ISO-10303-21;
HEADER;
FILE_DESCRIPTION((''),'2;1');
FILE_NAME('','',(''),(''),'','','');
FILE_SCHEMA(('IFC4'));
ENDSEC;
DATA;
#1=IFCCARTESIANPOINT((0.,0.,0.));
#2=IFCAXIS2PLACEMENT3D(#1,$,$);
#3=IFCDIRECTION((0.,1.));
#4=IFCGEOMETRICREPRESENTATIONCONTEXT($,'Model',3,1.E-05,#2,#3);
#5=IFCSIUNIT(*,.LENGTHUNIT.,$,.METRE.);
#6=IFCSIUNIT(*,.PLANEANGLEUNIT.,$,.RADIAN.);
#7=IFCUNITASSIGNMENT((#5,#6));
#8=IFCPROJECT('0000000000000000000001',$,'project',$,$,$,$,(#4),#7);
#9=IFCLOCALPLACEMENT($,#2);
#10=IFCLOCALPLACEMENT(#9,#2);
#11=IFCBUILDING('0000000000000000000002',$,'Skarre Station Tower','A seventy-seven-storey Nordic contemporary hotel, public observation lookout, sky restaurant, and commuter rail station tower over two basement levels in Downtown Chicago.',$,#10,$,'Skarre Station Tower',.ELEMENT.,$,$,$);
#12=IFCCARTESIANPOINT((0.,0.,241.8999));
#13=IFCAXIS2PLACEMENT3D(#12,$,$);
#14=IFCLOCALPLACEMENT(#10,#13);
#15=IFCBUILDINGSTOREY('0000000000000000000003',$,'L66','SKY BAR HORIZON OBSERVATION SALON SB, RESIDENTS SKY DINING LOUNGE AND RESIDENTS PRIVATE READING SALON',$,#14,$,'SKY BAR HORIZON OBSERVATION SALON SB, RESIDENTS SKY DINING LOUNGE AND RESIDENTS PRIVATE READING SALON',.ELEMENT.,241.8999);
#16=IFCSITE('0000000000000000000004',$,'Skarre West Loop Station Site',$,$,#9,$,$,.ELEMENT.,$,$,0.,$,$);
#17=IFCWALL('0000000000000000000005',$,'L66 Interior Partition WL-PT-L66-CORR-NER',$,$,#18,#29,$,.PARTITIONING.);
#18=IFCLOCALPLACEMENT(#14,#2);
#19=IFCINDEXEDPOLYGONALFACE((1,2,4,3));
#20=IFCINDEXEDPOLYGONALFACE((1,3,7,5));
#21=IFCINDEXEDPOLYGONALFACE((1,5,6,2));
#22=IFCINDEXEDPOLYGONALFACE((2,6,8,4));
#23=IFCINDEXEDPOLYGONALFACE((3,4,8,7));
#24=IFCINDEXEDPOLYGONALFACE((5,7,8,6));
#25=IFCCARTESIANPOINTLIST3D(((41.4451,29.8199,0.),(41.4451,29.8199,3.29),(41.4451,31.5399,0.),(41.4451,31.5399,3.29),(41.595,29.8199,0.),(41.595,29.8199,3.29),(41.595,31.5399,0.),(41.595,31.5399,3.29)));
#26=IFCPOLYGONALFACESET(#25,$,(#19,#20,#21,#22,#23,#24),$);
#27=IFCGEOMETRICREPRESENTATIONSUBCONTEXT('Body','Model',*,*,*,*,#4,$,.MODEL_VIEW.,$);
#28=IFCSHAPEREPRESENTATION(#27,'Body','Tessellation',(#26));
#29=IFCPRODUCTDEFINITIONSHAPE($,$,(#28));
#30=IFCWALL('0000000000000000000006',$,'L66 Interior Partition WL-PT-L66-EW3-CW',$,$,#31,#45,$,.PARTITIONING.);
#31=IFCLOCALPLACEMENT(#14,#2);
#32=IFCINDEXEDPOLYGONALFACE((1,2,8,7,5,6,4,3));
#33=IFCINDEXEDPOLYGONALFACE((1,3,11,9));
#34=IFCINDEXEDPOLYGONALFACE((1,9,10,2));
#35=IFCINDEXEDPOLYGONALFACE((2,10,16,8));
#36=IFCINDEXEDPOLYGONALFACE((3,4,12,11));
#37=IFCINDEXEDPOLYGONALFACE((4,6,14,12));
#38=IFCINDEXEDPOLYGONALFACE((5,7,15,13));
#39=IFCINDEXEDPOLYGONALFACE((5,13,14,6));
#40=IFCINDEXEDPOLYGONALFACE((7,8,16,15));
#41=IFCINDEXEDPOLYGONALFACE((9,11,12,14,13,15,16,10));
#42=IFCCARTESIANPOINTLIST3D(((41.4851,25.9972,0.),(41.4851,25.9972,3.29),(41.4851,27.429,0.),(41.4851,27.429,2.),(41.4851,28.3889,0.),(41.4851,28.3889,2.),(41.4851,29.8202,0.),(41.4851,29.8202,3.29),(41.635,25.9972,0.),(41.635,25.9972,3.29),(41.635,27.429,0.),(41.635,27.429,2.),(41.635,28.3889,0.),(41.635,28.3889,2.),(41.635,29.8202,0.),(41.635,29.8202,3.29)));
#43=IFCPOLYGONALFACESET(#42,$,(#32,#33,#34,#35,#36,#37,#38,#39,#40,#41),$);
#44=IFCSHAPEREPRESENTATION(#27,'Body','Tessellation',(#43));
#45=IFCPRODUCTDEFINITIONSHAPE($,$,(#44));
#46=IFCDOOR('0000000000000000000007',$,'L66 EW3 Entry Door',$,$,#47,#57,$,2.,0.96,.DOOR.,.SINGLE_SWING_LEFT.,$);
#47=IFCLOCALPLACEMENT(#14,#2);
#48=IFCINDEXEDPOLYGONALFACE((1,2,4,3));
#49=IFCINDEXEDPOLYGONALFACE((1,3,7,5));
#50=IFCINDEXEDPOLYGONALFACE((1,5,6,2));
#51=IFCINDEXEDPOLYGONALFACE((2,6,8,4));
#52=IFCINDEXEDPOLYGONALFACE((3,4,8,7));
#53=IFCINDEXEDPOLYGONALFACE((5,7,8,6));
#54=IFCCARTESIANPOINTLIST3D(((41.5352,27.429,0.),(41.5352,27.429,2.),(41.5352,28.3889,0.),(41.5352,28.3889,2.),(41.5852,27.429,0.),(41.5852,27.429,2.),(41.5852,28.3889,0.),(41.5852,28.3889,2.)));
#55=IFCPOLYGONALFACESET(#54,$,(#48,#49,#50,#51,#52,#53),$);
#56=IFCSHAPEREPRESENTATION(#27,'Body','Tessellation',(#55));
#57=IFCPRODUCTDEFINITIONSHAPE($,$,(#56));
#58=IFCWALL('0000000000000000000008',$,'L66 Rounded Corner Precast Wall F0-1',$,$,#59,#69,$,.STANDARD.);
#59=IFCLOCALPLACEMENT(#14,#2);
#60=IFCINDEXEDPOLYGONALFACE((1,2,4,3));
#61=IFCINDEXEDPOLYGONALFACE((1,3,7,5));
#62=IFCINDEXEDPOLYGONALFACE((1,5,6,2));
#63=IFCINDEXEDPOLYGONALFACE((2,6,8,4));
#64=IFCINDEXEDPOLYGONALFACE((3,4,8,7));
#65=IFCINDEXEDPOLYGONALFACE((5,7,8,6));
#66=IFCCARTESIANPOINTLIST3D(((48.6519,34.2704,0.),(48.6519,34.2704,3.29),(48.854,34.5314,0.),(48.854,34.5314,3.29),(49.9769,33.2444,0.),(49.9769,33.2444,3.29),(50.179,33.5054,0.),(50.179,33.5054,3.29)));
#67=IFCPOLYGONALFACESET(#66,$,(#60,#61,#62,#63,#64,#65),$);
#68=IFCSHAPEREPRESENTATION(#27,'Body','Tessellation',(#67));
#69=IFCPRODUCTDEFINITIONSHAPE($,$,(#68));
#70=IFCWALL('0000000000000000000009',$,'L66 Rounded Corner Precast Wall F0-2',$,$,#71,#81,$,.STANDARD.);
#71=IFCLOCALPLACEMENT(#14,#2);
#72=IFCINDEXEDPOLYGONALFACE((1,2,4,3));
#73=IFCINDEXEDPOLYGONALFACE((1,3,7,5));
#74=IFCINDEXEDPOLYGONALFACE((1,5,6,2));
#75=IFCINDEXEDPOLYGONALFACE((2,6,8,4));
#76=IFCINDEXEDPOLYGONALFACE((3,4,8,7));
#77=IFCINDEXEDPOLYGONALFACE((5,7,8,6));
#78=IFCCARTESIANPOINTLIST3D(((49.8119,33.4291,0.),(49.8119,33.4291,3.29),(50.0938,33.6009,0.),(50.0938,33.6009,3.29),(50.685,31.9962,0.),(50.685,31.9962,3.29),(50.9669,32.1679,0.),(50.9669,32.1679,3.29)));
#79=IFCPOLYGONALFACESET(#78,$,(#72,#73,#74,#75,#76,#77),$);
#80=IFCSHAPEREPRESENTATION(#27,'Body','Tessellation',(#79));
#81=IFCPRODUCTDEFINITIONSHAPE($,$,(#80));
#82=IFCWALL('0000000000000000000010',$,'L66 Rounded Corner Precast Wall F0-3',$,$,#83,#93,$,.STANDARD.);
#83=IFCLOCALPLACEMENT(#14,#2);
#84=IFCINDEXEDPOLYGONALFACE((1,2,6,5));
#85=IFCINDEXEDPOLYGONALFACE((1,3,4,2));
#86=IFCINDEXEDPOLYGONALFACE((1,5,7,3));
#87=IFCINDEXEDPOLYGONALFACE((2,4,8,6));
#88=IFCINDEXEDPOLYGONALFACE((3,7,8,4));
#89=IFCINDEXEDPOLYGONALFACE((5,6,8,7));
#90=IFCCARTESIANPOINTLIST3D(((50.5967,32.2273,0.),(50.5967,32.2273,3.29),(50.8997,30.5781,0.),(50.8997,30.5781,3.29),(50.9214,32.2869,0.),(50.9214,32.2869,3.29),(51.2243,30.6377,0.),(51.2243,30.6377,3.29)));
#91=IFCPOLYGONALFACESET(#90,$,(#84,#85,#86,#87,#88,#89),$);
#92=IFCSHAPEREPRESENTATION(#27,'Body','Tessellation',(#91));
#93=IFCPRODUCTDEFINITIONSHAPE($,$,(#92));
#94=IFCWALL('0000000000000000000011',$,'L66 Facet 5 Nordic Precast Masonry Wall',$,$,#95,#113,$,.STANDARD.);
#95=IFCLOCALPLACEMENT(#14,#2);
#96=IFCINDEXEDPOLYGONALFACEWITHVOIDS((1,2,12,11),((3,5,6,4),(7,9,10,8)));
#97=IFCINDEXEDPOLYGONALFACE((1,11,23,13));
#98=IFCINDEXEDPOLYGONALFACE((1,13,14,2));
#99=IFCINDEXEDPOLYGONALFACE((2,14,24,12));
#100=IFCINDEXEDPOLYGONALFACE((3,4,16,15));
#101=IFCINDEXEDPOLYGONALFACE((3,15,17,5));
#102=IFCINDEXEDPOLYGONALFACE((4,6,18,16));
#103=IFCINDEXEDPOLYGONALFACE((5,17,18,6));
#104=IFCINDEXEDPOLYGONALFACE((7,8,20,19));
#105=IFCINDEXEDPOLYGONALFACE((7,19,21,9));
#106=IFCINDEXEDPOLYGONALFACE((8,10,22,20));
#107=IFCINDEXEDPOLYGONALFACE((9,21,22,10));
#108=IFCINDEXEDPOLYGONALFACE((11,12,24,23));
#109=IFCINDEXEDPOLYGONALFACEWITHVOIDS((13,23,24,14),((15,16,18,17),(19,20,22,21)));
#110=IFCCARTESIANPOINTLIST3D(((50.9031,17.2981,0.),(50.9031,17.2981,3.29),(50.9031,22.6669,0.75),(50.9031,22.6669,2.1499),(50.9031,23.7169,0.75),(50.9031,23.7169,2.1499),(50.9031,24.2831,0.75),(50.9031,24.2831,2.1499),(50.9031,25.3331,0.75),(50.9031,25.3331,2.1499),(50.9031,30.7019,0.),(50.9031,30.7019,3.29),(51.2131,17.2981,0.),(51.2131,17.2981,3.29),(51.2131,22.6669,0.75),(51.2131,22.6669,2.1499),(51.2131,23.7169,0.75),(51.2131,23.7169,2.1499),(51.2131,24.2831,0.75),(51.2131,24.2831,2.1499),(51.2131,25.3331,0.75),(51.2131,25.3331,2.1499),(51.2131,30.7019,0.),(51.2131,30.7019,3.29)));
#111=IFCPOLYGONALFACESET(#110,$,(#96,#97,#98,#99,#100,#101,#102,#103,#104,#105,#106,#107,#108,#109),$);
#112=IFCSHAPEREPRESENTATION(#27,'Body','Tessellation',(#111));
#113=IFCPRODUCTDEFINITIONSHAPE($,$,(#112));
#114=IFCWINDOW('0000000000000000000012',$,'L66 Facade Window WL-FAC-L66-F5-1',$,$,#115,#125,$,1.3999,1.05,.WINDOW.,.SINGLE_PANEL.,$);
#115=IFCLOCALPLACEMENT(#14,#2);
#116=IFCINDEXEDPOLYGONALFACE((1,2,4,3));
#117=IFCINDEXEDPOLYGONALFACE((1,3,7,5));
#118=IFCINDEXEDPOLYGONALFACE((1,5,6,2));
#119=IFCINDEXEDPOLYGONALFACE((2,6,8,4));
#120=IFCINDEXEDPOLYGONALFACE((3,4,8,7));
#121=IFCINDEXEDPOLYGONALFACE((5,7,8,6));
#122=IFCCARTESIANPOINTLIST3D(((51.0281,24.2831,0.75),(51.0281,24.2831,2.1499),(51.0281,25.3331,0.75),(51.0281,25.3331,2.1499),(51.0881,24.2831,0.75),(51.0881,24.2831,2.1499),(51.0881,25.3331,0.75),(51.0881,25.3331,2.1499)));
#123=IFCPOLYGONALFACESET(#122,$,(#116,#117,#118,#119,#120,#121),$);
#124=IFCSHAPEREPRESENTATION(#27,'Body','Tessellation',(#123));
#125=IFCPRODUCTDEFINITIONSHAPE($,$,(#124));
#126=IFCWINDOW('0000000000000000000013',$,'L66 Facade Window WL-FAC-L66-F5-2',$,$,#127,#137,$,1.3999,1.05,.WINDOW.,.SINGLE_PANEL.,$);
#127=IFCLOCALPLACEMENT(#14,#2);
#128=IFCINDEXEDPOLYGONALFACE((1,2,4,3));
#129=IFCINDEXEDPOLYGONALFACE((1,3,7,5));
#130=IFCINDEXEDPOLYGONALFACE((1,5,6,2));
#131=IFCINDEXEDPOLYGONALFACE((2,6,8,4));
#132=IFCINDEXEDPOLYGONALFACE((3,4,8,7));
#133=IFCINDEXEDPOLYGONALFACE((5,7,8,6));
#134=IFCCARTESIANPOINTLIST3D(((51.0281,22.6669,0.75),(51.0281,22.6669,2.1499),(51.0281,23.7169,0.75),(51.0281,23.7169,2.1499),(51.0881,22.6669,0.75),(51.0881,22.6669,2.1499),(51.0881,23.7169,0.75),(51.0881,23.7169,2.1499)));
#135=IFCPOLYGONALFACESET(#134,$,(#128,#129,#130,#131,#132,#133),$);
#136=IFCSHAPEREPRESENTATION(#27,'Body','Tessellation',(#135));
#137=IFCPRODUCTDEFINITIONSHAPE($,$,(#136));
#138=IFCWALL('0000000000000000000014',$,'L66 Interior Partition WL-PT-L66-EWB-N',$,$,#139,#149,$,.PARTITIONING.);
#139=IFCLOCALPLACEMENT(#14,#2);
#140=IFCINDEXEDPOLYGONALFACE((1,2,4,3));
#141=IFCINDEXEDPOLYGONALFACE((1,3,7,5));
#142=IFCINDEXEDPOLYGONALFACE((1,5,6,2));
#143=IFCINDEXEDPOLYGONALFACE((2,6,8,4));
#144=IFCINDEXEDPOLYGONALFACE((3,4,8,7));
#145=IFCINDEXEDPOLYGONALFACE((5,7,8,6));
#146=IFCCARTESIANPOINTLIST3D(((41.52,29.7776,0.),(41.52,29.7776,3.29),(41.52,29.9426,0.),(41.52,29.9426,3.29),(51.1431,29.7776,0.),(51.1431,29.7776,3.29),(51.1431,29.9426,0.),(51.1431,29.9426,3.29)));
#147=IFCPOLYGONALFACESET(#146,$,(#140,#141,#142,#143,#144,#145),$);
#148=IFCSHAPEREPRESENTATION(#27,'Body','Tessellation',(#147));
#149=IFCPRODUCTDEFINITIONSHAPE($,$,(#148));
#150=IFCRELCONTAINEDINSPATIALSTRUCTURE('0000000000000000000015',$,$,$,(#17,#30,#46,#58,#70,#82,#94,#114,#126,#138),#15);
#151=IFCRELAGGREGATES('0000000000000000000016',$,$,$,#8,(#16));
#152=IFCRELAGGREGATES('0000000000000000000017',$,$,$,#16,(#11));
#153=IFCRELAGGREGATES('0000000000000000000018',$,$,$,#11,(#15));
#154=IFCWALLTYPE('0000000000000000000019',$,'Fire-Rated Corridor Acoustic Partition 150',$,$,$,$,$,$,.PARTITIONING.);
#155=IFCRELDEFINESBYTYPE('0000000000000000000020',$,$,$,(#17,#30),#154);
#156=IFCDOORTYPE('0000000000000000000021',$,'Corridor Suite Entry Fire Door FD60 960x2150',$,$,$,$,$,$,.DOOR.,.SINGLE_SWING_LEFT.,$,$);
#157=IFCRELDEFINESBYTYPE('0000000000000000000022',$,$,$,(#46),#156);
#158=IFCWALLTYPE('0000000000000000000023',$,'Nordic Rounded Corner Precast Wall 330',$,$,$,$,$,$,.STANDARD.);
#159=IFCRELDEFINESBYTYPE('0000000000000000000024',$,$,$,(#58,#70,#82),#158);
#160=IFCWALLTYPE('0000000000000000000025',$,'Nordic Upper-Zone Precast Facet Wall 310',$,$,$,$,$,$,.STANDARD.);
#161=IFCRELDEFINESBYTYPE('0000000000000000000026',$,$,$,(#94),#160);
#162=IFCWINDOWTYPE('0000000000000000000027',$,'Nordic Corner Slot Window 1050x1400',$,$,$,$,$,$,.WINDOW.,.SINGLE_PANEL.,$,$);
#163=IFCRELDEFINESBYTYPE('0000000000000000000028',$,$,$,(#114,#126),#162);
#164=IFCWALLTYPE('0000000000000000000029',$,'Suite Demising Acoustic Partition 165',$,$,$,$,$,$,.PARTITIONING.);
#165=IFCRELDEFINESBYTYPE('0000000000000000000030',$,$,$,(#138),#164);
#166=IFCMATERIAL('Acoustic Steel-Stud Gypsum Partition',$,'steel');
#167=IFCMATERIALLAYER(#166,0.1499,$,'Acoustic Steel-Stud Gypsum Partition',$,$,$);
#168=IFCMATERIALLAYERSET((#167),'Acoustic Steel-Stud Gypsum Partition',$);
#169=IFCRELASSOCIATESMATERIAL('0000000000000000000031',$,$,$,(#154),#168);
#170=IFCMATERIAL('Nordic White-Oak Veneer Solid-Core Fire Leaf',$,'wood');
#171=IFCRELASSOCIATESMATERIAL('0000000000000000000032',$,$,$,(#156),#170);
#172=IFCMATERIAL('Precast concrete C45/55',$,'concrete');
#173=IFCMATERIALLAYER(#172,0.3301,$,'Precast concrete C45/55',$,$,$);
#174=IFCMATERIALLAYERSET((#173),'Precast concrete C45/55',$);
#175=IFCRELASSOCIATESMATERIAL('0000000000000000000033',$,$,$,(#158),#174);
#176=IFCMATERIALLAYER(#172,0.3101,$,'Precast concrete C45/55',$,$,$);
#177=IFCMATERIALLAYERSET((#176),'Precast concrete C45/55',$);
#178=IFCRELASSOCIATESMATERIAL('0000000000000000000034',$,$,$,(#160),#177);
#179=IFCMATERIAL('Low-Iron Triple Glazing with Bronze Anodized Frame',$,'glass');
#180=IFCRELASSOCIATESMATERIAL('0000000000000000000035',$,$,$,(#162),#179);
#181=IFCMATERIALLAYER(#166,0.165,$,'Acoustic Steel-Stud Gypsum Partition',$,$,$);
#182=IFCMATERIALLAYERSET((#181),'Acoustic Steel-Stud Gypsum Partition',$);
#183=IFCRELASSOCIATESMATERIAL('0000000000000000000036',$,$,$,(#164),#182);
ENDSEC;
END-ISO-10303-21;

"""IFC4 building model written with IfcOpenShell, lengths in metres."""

from ifc_helpers import new_model, si_unit, direction, frame, frame_2d, origin, place, context, subcontext, project, spatial, rectangle, extrude, material, layer, layer_set, type_object, element, fill, save


model = new_model("IFC4")

# Units and contexts
model_context = context("Model", 3, precision=1e-05, world=origin(), true_north=direction((0.0, 1.0)))
body_context = subcontext(model_context, "Body", "Model", "MODEL_VIEW")
ifc_project = project(units=[si_unit("LENGTHUNIT", "METRE"), si_unit("PLANEANGLEUNIT", "RADIAN")], contexts=[model_context])

# Site, building, storey
site_placement = place(None, origin())
site = spatial("IfcSite", under=ifc_project, at=site_placement, Name="Skarre West Loop Station Site", CompositionType="ELEMENT", RefElevation=0.0)
building_placement = place(site_placement, origin())
building = spatial("IfcBuilding", under=site, at=building_placement, Name="Skarre Station Tower", Description="A seventy-seven-storey Nordic contemporary hotel, public observation lookout, sky restaurant, and commuter rail station tower over two basement levels in Downtown Chicago.", LongName="Skarre Station Tower", CompositionType="ELEMENT")
storey_placement = place(building_placement, frame((0.0, 0.0, 241.8999)))
storey = spatial("IfcBuildingStorey", under=building, at=storey_placement, Name="L66", Description="SKY BAR HORIZON OBSERVATION SALON SB, RESIDENTS SKY DINING LOUNGE AND RESIDENTS PRIVATE READING SALON", LongName="SKY BAR HORIZON OBSERVATION SALON SB, RESIDENTS SKY DINING LOUNGE AND RESIDENTS PRIVATE READING SALON", CompositionType="ELEMENT", Elevation=241.8999)

# Wall
ifc_material_1 = material(Name="Acoustic Steel-Stud Gypsum Partition", Category="steel")
ifc_layer_1 = layer(ifc_material_1, 0.1499, Name="Acoustic Steel-Stud Gypsum Partition")
ifc_layer_set_1 = layer_set([ifc_layer_1], Name="Acoustic Steel-Stud Gypsum Partition")
wall_type_1 = type_object("IfcWallType", Name="Fire-Rated Corridor Acoustic Partition 150", PredefinedType="PARTITIONING", material=ifc_layer_set_1)
wall_1_placement = place(storey_placement, frame((41.52, 29.8201, 0.0), z_axis=(0.0, 0.0, 1.0), x_axis=(0.0, 1.0, 0.0)))
element("IfcWall", 1, at=wall_1_placement, inside=storey, type_object=wall_type_1, Name="L66 Interior Partition WL-PT-L66-CORR-NER", PredefinedType="PARTITIONING", context=body_context, shape_type="SweptSolid", body=[
    extrude(rectangle(XDim=1.72, YDim=0.1499, at=frame_2d((0.8599, 0.0))), origin(), (0.0, 0.0, 1.0), 3.29),
])

# Wall, opening, door
wall_2_placement = place(storey_placement, frame((41.5601, 25.9971, 0.0), z_axis=(0.0, 0.0, 1.0), x_axis=(0.0, 1.0, 0.0)))
wall_2 = element("IfcWall", 2, at=wall_2_placement, inside=storey, type_object=wall_type_1, Name="L66 Interior Partition WL-PT-L66-EW3-CW", PredefinedType="PARTITIONING", context=body_context, shape_type="SweptSolid", body=[
    extrude(rectangle(XDim=3.823, YDim=0.1499, at=frame_2d((1.9116, 0.0))), origin(), (0.0, 0.0, 1.0), 3.29),
])
opening_1_placement = place(wall_2_placement, frame((1.4319, 0.0, 0.0)))
opening_1 = element("IfcOpeningElement", 3, at=opening_1_placement, cuts=wall_2, PredefinedType="OPENING", context=body_context, shape_type="SweptSolid", body=[
    extrude(rectangle(XDim=0.96, YDim=2.0, at=frame_2d((0.48, 1.0))), frame((0.0, 0.085, 0.0), z_axis=(0.0, -1.0, 0.0), x_axis=(1.0, 0.0, 0.0)), (0.0, 0.0, 1.0), 0.1699),
])
ifc_material_2 = material(Name="Nordic White-Oak Veneer Solid-Core Fire Leaf", Category="wood")
door_type = type_object("IfcDoorType", Name="Corridor Suite Entry Fire Door FD60 960x2150", OperationType="SINGLE_SWING_LEFT", PredefinedType="DOOR", material=ifc_material_2)
door_placement = place(opening_1_placement, origin())
door = element("IfcDoor", 4, at=door_placement, inside=storey, type_object=door_type, Name="L66 EW3 Entry Door", OperationType="SINGLE_SWING_LEFT", OverallHeight=2.0, OverallWidth=0.96, PredefinedType="DOOR", context=body_context, shape_type="SweptSolid", body=[
    extrude(rectangle(XDim=0.96, YDim=2.0, at=frame_2d((0.48, 1.0))), frame((0.0, 0.0249, 0.0), z_axis=(0.0, -1.0, 0.0), x_axis=(1.0, 0.0, 0.0)), (0.0, 0.0, 1.0), 0.05),
])
fill(opening_1, door)

# Walls
ifc_material_3 = material(Name="Precast concrete C45/55", Category="concrete")
ifc_layer_2 = layer(ifc_material_3, 0.3301, Name="Precast concrete C45/55")
ifc_layer_set_2 = layer_set([ifc_layer_2], Name="Precast concrete C45/55")
wall_type_2 = type_object("IfcWallType", Name="Nordic Rounded Corner Precast Wall 330", PredefinedType="STANDARD", material=ifc_layer_set_2)
wall_3_placement = place(storey_placement, frame((48.7529, 34.4009, 0.0), z_axis=(0.0, 0.0, 1.0), x_axis=(0.790692, -0.612214, 0.0)))
element("IfcWall", 5, at=wall_3_placement, inside=storey, type_object=wall_type_2, Name="L66 Rounded Corner Precast Wall F0-1", PredefinedType="STANDARD", context=body_context, shape_type="SweptSolid", body=[
    extrude(rectangle(XDim=1.6758, YDim=0.3301, at=frame_2d((0.8379, 0.0))), origin(), (0.0, 0.0, 1.0), 3.29),
])
wall_4_placement = place(storey_placement, frame((49.9529, 33.5149, 0.0), z_axis=(0.0, 0.0, 1.0), x_axis=(0.520325, -0.853968, 0.0)))
element("IfcWall", 6, at=wall_4_placement, inside=storey, type_object=wall_type_2, Name="L66 Rounded Corner Precast Wall F0-2", PredefinedType="STANDARD", context=body_context, shape_type="SweptSolid", body=[
    extrude(rectangle(XDim=1.678, YDim=0.3301, at=frame_2d((0.8389, 0.0))), origin(), (0.0, 0.0, 1.0), 3.29),
])
wall_5_placement = place(storey_placement, frame((50.759, 32.2571, 0.0), z_axis=(0.0, 0.0, 1.0), x_axis=(0.180692, -0.98354, 0.0)))
element("IfcWall", 7, at=wall_5_placement, inside=storey, type_object=wall_type_2, Name="L66 Rounded Corner Precast Wall F0-3", PredefinedType="STANDARD", context=body_context, shape_type="SweptSolid", body=[
    extrude(rectangle(XDim=1.6768, YDim=0.3301, at=frame_2d((0.8384, 0.0))), origin(), (0.0, 0.0, 1.0), 3.29),
])

# Wall, openings, windows
ifc_layer_3 = layer(ifc_material_3, 0.3101, Name="Precast concrete C45/55")
ifc_layer_set_3 = layer_set([ifc_layer_3], Name="Precast concrete C45/55")
wall_type_3 = type_object("IfcWallType", Name="Nordic Upper-Zone Precast Facet Wall 310", PredefinedType="STANDARD", material=ifc_layer_set_3)
wall_6_placement = place(storey_placement, frame((51.0581, 30.7019, 0.0), z_axis=(0.0, 0.0, 1.0), x_axis=(0.0, -1.0, 0.0)))
wall_6 = element("IfcWall", 8, at=wall_6_placement, inside=storey, type_object=wall_type_3, Name="L66 Facet 5 Nordic Precast Masonry Wall", PredefinedType="STANDARD", context=body_context, shape_type="SweptSolid", body=[
    extrude(rectangle(XDim=13.4038, YDim=0.3101, at=frame_2d((6.7019, 0.0))), origin(), (0.0, 0.0, 1.0), 3.29),
])
opening_2_placement = place(wall_6_placement, frame((5.3689, 0.0, 0.75)))
opening_2 = element("IfcOpeningElement", 9, at=opening_2_placement, cuts=wall_6, PredefinedType="OPENING", context=body_context, shape_type="SweptSolid", body=[
    extrude(rectangle(XDim=1.05, YDim=1.3999, at=frame_2d((0.5249, 0.7))), frame((0.0, 0.165, 0.0), z_axis=(0.0, -1.0, 0.0), x_axis=(1.0, 0.0, 0.0)), (0.0, 0.0, 1.0), 0.3301),
])
opening_3_placement = place(wall_6_placement, frame((6.9851, 0.0, 0.75)))
opening_3 = element("IfcOpeningElement", 10, at=opening_3_placement, cuts=wall_6, PredefinedType="OPENING", context=body_context, shape_type="SweptSolid", body=[
    extrude(rectangle(XDim=1.05, YDim=1.3999, at=frame_2d((0.5249, 0.7))), frame((0.0, 0.165, 0.0), z_axis=(0.0, -1.0, 0.0), x_axis=(1.0, 0.0, 0.0)), (0.0, 0.0, 1.0), 0.3301),
])
ifc_material_4 = material(Name="Low-Iron Triple Glazing with Bronze Anodized Frame", Category="glass")
window_type = type_object("IfcWindowType", Name="Nordic Corner Slot Window 1050x1400", PartitioningType="SINGLE_PANEL", PredefinedType="WINDOW", material=ifc_material_4)
window_1_placement = place(opening_2_placement, origin())
window_1 = element("IfcWindow", 11, at=window_1_placement, inside=storey, type_object=window_type, Name="L66 Facade Window WL-FAC-L66-F5-1", OverallHeight=1.3999, OverallWidth=1.05, PartitioningType="SINGLE_PANEL", PredefinedType="WINDOW", context=body_context, shape_type="SweptSolid", body=[
    extrude(rectangle(XDim=1.05, YDim=1.3999, at=frame_2d((0.5249, 0.7))), frame((0.0, 0.03, 0.0), z_axis=(0.0, -1.0, 0.0), x_axis=(1.0, 0.0, 0.0)), (0.0, 0.0, 1.0), 0.0601),
])
fill(opening_2, window_1)
window_2_placement = place(opening_3_placement, origin())
window_2 = element("IfcWindow", 12, at=window_2_placement, inside=storey, type_object=window_type, Name="L66 Facade Window WL-FAC-L66-F5-2", OverallHeight=1.3999, OverallWidth=1.05, PartitioningType="SINGLE_PANEL", PredefinedType="WINDOW", context=body_context, shape_type="SweptSolid", body=[
    extrude(rectangle(XDim=1.05, YDim=1.3999, at=frame_2d((0.5249, 0.7))), frame((0.0, 0.03, 0.0), z_axis=(0.0, -1.0, 0.0), x_axis=(1.0, 0.0, 0.0)), (0.0, 0.0, 1.0), 0.0601),
])
fill(opening_3, window_2)

# Wall
ifc_layer_4 = layer(ifc_material_1, 0.165, Name="Acoustic Steel-Stud Gypsum Partition")
ifc_layer_set_4 = layer_set([ifc_layer_4], Name="Acoustic Steel-Stud Gypsum Partition")
wall_type_4 = type_object("IfcWallType", Name="Suite Demising Acoustic Partition 165", PredefinedType="PARTITIONING", material=ifc_layer_set_4)
wall_7_placement = place(storey_placement, frame((41.52, 29.8601, 0.0), z_axis=(0.0, 0.0, 1.0), x_axis=(1.0, 0.0, 0.0)))
element("IfcWall", 13, at=wall_7_placement, inside=storey, type_object=wall_type_4, Name="L66 Interior Partition WL-PT-L66-EWB-N", PredefinedType="PARTITIONING", context=body_context, shape_type="SweptSolid", body=[
    extrude(rectangle(XDim=9.623, YDim=0.165, at=frame_2d((4.8115, 0.0))), origin(), (0.0, 0.0, 1.0), 3.29),
])

save(model, "model.ifc")
